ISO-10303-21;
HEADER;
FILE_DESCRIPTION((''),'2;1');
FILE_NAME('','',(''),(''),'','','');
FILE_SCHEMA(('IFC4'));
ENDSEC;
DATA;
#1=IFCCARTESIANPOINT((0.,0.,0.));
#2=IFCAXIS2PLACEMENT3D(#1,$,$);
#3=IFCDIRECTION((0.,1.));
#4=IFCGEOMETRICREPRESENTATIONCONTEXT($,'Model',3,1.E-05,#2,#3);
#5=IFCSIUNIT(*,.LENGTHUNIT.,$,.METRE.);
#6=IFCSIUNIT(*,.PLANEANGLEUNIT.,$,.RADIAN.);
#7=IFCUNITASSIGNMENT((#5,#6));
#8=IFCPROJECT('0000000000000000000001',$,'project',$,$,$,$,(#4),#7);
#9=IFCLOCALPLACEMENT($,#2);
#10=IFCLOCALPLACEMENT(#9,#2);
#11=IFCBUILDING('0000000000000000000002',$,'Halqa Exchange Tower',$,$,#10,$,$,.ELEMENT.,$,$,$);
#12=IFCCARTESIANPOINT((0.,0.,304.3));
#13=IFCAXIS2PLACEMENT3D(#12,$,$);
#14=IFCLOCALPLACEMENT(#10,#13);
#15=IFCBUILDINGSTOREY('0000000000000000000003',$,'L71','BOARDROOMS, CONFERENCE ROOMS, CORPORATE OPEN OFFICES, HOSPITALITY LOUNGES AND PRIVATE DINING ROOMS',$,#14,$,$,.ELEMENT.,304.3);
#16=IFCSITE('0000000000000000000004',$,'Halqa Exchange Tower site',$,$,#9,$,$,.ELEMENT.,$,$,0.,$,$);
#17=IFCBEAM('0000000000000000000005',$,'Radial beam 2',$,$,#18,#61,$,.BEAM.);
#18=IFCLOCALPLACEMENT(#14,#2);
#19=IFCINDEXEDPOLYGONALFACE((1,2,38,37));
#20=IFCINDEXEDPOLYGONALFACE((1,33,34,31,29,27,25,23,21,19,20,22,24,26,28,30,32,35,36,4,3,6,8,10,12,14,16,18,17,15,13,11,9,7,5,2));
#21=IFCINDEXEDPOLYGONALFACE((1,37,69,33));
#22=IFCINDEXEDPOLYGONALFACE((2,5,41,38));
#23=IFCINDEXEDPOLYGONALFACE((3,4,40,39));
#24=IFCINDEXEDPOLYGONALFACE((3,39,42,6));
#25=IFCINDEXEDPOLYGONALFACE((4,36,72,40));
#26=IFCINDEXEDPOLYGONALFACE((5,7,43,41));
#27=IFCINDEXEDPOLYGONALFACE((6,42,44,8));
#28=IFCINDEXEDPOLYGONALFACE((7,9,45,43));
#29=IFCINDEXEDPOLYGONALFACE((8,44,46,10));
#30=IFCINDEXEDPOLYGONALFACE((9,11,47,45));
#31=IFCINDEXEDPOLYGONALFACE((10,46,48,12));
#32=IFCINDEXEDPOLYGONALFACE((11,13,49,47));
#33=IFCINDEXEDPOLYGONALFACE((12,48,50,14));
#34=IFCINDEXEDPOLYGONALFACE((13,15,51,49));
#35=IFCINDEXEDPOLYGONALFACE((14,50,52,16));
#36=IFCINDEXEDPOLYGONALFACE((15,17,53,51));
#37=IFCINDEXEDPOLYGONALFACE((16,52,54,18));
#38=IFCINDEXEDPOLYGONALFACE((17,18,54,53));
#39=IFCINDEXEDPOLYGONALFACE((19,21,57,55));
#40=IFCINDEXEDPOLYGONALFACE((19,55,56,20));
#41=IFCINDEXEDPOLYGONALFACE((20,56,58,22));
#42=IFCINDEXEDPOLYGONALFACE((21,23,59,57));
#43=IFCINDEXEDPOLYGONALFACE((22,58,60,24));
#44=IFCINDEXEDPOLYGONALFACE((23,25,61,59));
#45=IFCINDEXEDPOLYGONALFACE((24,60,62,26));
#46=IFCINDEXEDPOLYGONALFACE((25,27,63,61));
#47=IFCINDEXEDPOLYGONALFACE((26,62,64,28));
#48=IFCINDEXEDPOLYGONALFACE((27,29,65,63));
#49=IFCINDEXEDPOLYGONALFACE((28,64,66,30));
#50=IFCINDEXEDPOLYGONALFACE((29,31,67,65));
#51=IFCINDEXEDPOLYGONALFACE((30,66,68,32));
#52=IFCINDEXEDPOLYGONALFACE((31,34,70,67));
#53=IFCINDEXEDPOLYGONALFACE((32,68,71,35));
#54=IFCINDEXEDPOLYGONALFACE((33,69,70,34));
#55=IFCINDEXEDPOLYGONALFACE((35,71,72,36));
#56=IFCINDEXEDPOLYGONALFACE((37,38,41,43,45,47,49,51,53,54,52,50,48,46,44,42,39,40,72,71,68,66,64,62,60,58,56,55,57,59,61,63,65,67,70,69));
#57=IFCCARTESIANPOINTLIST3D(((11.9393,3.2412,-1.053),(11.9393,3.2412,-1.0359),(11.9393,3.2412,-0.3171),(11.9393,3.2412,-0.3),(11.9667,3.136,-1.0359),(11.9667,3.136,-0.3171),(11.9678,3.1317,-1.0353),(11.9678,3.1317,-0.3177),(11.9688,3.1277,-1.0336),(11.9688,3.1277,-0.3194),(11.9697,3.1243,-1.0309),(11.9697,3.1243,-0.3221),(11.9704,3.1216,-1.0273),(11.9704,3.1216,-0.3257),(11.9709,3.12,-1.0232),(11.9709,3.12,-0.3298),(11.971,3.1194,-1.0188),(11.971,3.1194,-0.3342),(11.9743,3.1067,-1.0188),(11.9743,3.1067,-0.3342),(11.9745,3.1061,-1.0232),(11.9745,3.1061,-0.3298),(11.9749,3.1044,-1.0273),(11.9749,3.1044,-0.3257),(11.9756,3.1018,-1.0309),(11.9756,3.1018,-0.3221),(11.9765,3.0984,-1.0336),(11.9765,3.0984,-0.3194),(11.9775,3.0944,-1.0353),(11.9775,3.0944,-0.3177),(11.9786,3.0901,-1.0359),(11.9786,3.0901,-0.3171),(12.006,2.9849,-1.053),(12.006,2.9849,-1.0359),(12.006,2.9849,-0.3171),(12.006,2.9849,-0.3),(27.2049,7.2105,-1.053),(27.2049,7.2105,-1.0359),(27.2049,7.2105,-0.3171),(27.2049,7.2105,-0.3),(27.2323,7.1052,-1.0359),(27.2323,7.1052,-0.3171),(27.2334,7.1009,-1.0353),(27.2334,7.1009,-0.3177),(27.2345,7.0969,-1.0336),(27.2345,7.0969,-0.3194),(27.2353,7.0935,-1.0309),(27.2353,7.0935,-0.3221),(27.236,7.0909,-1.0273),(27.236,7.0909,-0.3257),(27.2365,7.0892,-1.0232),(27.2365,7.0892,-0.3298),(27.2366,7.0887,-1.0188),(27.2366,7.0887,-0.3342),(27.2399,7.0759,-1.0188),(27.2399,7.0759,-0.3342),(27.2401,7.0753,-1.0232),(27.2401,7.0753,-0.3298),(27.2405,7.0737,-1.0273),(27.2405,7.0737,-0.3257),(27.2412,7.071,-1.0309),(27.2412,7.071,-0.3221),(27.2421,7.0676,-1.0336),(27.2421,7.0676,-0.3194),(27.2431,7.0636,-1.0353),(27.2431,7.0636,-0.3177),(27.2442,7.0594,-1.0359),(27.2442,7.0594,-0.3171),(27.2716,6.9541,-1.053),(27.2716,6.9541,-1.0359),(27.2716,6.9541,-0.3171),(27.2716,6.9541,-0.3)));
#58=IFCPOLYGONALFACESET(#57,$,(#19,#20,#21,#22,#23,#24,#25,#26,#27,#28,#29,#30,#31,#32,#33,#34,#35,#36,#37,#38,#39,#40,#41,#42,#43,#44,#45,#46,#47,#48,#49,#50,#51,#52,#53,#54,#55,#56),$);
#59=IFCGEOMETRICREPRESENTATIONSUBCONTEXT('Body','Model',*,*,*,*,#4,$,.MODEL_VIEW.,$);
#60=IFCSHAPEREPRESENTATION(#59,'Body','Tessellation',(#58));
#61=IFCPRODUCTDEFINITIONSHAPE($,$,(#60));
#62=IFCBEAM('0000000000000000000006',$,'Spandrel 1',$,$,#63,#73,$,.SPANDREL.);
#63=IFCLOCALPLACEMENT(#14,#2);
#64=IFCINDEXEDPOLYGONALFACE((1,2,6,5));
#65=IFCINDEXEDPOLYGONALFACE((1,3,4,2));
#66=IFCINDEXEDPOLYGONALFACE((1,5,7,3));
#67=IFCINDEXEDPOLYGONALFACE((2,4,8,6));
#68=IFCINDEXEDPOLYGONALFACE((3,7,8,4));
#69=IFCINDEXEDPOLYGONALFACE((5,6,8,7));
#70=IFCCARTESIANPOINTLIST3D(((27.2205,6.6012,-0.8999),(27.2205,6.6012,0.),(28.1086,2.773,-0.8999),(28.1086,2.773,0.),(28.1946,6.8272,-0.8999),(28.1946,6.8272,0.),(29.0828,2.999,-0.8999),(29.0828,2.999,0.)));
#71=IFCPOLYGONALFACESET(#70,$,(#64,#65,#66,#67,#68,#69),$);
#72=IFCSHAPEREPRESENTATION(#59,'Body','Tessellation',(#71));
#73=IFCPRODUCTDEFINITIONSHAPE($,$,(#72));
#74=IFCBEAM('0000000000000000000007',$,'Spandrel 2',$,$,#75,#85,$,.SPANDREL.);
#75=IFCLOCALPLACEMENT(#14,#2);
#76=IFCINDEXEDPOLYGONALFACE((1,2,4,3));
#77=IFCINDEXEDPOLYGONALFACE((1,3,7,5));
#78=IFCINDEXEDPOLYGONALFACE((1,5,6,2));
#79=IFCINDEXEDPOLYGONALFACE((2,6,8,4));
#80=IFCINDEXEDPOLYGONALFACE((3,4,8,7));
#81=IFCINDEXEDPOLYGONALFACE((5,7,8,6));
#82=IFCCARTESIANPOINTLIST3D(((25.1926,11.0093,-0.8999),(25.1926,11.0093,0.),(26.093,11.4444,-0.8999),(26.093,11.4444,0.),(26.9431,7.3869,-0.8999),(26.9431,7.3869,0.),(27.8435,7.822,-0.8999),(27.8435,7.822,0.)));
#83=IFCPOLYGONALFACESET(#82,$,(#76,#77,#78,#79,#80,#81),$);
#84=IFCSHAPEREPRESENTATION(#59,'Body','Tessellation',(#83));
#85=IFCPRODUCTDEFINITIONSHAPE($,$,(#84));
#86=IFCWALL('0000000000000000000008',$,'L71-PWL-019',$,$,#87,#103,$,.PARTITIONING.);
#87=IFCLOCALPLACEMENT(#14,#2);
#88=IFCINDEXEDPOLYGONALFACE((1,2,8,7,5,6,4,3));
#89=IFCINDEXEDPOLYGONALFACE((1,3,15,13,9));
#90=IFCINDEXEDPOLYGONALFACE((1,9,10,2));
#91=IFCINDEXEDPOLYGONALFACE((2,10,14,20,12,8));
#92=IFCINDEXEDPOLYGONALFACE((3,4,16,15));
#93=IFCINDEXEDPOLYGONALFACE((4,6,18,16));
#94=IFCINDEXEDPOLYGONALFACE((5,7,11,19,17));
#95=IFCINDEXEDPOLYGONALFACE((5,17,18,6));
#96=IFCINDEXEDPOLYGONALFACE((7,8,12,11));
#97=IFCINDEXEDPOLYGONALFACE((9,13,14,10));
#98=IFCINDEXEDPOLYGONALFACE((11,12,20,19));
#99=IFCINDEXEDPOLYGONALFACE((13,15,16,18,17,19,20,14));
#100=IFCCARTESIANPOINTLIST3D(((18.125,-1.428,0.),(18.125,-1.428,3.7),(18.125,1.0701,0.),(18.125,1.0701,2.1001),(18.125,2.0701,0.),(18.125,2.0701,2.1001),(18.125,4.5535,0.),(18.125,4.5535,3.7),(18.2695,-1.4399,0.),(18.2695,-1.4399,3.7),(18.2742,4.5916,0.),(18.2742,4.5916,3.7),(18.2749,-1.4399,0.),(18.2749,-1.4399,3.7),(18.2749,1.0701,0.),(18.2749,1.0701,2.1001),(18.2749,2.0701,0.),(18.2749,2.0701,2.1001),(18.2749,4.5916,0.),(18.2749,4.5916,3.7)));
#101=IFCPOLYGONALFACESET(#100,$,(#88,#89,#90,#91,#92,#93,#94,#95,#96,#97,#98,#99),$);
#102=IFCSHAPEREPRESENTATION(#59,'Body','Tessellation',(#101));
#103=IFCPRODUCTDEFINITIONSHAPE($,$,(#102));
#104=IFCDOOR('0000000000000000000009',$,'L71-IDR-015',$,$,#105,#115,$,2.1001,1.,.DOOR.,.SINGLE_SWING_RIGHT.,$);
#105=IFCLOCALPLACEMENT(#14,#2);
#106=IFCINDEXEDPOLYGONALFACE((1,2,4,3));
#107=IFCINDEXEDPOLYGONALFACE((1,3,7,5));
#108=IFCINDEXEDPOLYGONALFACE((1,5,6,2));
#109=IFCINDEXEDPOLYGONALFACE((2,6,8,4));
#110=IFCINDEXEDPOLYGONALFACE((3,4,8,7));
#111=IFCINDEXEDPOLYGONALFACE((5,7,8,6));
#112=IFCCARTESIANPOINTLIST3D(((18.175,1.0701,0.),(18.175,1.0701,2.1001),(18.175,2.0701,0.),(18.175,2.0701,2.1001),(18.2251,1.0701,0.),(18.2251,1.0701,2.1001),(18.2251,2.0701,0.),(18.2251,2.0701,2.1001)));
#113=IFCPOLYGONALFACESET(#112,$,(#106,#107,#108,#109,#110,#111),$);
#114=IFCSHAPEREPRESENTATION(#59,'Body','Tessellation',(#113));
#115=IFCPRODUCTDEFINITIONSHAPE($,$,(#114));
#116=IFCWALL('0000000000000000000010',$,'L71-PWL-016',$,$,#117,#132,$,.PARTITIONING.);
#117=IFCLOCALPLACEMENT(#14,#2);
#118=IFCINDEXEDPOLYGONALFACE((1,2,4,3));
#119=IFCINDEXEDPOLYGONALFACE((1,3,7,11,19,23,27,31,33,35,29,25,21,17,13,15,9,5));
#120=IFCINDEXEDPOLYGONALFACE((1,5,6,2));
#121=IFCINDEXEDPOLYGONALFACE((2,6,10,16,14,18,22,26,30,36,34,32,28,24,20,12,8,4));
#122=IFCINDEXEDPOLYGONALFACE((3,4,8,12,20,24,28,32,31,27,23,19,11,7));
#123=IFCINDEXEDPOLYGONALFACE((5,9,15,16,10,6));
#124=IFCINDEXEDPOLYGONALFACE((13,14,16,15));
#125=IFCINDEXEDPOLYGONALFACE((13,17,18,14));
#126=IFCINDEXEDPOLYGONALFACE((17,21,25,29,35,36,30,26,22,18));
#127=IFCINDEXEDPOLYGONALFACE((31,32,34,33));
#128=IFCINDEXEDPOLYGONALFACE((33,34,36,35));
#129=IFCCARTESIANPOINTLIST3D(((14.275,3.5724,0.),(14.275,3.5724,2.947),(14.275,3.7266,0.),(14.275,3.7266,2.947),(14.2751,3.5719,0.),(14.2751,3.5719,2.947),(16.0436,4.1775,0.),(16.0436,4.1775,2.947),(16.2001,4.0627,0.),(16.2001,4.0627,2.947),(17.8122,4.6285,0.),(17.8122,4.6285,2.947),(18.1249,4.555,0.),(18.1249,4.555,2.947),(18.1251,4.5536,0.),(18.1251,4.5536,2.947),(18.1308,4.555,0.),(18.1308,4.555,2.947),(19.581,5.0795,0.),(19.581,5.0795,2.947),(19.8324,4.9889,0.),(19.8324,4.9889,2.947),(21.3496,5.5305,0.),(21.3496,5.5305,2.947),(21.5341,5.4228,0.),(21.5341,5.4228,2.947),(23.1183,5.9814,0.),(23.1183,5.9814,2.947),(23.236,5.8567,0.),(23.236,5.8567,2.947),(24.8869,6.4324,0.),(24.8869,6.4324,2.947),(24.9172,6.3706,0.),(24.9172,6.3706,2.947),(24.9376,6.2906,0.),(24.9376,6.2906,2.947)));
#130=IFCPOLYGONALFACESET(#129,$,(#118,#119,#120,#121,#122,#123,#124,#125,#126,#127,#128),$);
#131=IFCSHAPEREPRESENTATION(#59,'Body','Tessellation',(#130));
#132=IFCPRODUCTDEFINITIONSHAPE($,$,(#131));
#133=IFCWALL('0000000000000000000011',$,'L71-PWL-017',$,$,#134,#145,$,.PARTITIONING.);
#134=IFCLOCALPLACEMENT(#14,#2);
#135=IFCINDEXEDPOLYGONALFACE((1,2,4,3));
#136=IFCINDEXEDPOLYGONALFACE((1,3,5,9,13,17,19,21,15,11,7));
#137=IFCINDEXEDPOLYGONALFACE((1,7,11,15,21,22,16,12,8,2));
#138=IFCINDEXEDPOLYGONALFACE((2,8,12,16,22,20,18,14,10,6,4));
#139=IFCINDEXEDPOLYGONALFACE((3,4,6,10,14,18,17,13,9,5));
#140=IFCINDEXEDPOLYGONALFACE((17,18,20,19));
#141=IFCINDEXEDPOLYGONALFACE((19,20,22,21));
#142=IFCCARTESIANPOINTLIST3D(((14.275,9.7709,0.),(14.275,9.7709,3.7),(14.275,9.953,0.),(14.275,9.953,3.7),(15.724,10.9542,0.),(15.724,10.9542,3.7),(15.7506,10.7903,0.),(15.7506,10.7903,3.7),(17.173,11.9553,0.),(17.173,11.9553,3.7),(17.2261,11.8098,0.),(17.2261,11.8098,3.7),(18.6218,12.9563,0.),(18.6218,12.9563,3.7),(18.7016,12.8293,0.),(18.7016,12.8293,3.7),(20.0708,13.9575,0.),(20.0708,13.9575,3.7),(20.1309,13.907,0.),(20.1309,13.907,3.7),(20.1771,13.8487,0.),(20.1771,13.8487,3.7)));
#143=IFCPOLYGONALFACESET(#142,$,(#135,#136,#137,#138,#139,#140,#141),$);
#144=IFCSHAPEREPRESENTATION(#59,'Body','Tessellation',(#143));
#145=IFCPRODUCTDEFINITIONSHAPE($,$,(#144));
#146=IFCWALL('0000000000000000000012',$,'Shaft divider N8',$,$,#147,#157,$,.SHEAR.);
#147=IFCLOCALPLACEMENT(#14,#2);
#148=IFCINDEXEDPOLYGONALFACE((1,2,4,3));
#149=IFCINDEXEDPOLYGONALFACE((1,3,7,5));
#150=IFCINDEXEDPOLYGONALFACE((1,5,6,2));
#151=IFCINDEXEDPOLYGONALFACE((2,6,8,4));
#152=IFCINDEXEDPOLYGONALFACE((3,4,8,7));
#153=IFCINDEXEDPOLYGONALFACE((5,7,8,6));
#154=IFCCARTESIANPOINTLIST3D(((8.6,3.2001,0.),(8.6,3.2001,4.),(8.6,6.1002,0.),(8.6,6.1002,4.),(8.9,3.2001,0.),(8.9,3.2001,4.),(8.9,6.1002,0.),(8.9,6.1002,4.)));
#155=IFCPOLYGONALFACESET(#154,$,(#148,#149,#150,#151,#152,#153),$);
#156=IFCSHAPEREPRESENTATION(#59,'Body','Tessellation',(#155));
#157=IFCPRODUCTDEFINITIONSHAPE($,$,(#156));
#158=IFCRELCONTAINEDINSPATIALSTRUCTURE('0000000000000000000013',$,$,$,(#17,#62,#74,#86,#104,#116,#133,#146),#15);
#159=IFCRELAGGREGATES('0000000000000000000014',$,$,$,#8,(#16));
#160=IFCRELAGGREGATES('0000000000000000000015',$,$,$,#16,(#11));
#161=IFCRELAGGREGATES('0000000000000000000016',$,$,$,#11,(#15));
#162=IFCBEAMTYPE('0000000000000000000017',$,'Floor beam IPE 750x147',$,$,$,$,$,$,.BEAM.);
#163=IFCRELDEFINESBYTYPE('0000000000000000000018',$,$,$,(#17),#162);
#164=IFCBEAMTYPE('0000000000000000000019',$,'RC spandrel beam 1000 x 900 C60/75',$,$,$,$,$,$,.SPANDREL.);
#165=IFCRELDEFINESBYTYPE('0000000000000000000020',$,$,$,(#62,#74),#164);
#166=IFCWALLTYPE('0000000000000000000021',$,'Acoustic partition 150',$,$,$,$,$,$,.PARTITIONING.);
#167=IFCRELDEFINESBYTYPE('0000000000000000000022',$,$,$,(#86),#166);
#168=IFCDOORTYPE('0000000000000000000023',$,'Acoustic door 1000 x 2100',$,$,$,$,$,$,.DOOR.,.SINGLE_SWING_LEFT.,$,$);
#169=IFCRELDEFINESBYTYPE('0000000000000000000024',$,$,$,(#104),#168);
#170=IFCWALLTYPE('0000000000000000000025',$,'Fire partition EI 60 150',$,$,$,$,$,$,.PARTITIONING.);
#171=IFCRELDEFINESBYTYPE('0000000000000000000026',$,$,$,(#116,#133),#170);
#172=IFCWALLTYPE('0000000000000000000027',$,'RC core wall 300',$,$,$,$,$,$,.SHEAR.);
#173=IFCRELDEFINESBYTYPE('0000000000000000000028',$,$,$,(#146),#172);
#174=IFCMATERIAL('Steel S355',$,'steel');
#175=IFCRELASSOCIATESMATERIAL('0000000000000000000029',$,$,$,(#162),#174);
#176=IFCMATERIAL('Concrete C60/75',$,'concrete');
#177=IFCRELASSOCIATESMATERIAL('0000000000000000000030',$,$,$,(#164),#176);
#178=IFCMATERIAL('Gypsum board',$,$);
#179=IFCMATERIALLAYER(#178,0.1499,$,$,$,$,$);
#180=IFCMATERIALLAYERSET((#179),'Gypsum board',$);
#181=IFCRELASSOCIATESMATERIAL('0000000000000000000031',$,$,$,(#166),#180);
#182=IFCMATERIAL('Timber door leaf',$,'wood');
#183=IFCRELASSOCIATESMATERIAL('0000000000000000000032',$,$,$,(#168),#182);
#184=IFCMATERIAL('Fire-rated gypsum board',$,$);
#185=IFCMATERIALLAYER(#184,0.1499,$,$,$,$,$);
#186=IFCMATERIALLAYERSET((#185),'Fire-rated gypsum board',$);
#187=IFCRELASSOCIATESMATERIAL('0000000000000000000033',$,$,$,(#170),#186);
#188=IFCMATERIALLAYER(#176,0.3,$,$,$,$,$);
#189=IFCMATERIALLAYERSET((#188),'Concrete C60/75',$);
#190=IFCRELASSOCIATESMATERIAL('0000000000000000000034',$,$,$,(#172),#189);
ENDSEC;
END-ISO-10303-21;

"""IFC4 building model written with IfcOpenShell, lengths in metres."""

from ifc_helpers import new_model, si_unit, direction, frame, frame_2d, origin, origin_2d, place, context, subcontext, project, spatial, polyline, rectangle, i_section, outline, extrude, material, layer, layer_set, material_profile, profile_set, type_object, element, fill, save


model = new_model("IFC4")

# Units and contexts
model_context = context("Model", 3, precision=1e-05, world=origin(), true_north=direction((0.0, 1.0)))
body_context = subcontext(model_context, "Body", "Model", "MODEL_VIEW")
ifc_project = project(units=[si_unit("LENGTHUNIT", "METRE"), si_unit("PLANEANGLEUNIT", "RADIAN")], contexts=[model_context])

# Site, building, storey
site_placement = place(None, origin())
site = spatial("IfcSite", under=ifc_project, at=site_placement, Name="Halqa Exchange Tower site", CompositionType="ELEMENT", RefElevation=0.0)
building_placement = place(site_placement, origin())
building = spatial("IfcBuilding", under=site, at=building_placement, Name="Halqa Exchange Tower", CompositionType="ELEMENT")
storey_placement = place(building_placement, frame((0.0, 0.0, 304.3)))
storey = spatial("IfcBuildingStorey", under=building, at=storey_placement, Name="L71", Description="BOARDROOMS, CONFERENCE ROOMS, CORPORATE OPEN OFFICES, HOSPITALITY LOUNGES AND PRIVATE DINING ROOMS", CompositionType="ELEMENT", Elevation=304.3)

# Beams
ifc_material_1 = material(Name="Steel S355", Category="steel")
ifc_material_profile_1 = material_profile(ifc_material_1, i_section(OverallWidth=0.2649, OverallDepth=0.7529, WebThickness=0.0132, FlangeThickness=0.0171, FilletRadius=0.0171, at=origin_2d()), Name="IPE 750x147")
ifc_profile_set_1 = profile_set([ifc_material_profile_1], Name="Steel S355")
beam_type_1 = type_object("IfcBeamType", Name="Floor beam IPE 750x147", PredefinedType="BEAM", material=ifc_profile_set_1)
beam_1_placement = place(storey_placement, frame((11.9727, 3.113, -0.6765), z_axis=(0.96782, 0.251644, 0.0), x_axis=(-0.251644, 0.96782, 0.0)))
element("IfcBeam", 1, at=beam_1_placement, inside=storey, type_object=beam_type_1, Name="Radial beam 2", PredefinedType="BEAM", context=body_context, shape_type="SweptSolid", body=[
    extrude(i_section(OverallWidth=0.2649, OverallDepth=0.7529, WebThickness=0.0132, FlangeThickness=0.0171, FilletRadius=0.0171, at=origin_2d()), origin(), (0.0, 0.0, 1.0), 15.7732),
])
ifc_material_2 = material(Name="Concrete C60/75", Category="concrete")
ifc_material_profile_2 = material_profile(ifc_material_2, rectangle(XDim=1.0, YDim=0.8999, at=origin_2d()), Name="1000 x 900")
ifc_profile_set_2 = profile_set([ifc_material_profile_2], Name="Concrete C60/75")
beam_type_2 = type_object("IfcBeamType", Name="RC spandrel beam 1000 x 900 C60/75", PredefinedType="SPANDREL", material=ifc_profile_set_2)
beam_2_placement = place(storey_placement, frame((28.5957, 2.886, -0.45), z_axis=(-0.225998, 0.974128, 0.0), x_axis=(-0.974128, -0.225998, 0.0)))
element("IfcBeam", 2, at=beam_2_placement, inside=storey, type_object=beam_type_2, Name="Spandrel 1", PredefinedType="SPANDREL", context=body_context, shape_type="SweptSolid", body=[
    extrude(rectangle(XDim=1.0, YDim=0.8999, at=origin_2d()), origin(), (0.0, 0.0, 1.0), 3.9299),
])
beam_3_placement = place(storey_placement, frame((27.3933, 7.6045, -0.45), z_axis=(-0.435109, 0.900378, 0.0), x_axis=(-0.900378, -0.435109, 0.0)))
element("IfcBeam", 3, at=beam_3_placement, inside=storey, type_object=beam_type_2, Name="Spandrel 2", PredefinedType="SPANDREL", context=body_context, shape_type="SweptSolid", body=[
    extrude(rectangle(XDim=1.0, YDim=0.8999, at=origin_2d()), origin(), (0.0, 0.0, 1.0), 4.0232),
])

# Wall, opening, door
ifc_material_3 = material(Name="Gypsum board")
ifc_layer_1 = layer(ifc_material_3, 0.1499)
ifc_layer_set_1 = layer_set([ifc_layer_1], Name="Gypsum board")
wall_type_1 = type_object("IfcWallType", Name="Acoustic partition 150", PredefinedType="PARTITIONING", material=ifc_layer_set_1)
wall_1_placement = place(storey_placement, frame((18.2, 4.5916, 0.0), z_axis=(0.0, 0.0, 1.0), x_axis=(0.0, -1.0, 0.0)))
wall_1 = element("IfcWall", 4, at=wall_1_placement, inside=storey, type_object=wall_type_1, Name="L71-PWL-019", PredefinedType="PARTITIONING", context=body_context, shape_type="SweptSolid", body=[
    extrude(outline(polyline([(0.0381, -0.075), (2.032, -0.075), (4.0256, -0.075), (6.0195, -0.075), (6.0315, 0.0696), (6.0315, 0.075), (4.5237, 0.075), (3.0156, 0.075), (1.5078, 0.075), (0.0, 0.075), (0.0, 0.0742), (0.0381, -0.075)])), origin(), (0.0, 0.0, 1.0), 3.7),
])
opening_1_placement = place(wall_1_placement, frame((2.5215, 0.0, 0.0)))
opening_1 = element("IfcOpeningElement", 5, at=opening_1_placement, cuts=wall_1, PredefinedType="OPENING", context=body_context, shape_type="SweptSolid", body=[
    extrude(rectangle(XDim=1.0, YDim=2.1001, at=frame_2d((0.5, 1.05))), frame((0.0, 0.0869, 0.0), z_axis=(0.0, -1.0, 0.0), x_axis=(1.0, 0.0, 0.0)), (0.0, 0.0, 1.0), 0.1738),
])
ifc_material_4 = material(Name="Timber door leaf", Category="wood")
door_type = type_object("IfcDoorType", Name="Acoustic door 1000 x 2100", OperationType="SINGLE_SWING_LEFT", PredefinedType="DOOR", material=ifc_material_4)
door_placement = place(opening_1_placement, frame((1.0, 0.0, 0.0), z_axis=(0.0, 0.0, 1.0), x_axis=(-1.0, 0.0, 0.0)))
door = element("IfcDoor", 6, at=door_placement, inside=storey, type_object=door_type, Name="L71-IDR-015", OperationType="SINGLE_SWING_RIGHT", OverallHeight=2.1001, OverallWidth=1.0, PredefinedType="DOOR", context=body_context, shape_type="SweptSolid", body=[
    extrude(rectangle(XDim=1.0, YDim=2.1001, at=frame_2d((0.5, 1.05))), frame((0.0, 0.0249, 0.0), z_axis=(0.0, -1.0, 0.0), x_axis=(1.0, 0.0, 0.0)), (0.0, 0.0, 1.0), 0.05),
])
fill(opening_1, door)

# Walls
ifc_material_5 = material(Name="Fire-rated gypsum board")
ifc_layer_2 = layer(ifc_material_5, 0.1499)
ifc_layer_set_2 = layer_set([ifc_layer_2], Name="Fire-rated gypsum board")
wall_type_2 = type_object("IfcWallType", Name="Fire partition EI 60 150", PredefinedType="PARTITIONING", material=ifc_layer_set_2)
wall_2_placement = place(storey_placement, frame((14.2566, 3.6445, 0.0), z_axis=(0.0, 0.0, 1.0), x_axis=(0.968996, 0.247075, 0.0)))
element("IfcWall", 7, at=wall_2_placement, inside=storey, type_object=wall_type_2, Name="L71-PWL-016", PredefinedType="PARTITIONING", context=body_context, shape_type="SweptSolid", body=[
    extrude(outline(polyline([(0.0, -0.075), (1.9866, -0.075), (3.9731, -0.075), (3.9734, -0.0735), (3.979, -0.075), (5.7351, -0.075), (7.4912, -0.075), (9.2476, -0.075), (11.0037, -0.075), (11.0037, 0.0076), (10.9895, 0.075), (9.1643, 0.075), (7.3391, 0.075), (5.5139, 0.075), (3.6885, 0.075), (1.8633, 0.075), (0.0381, 0.075), (0.0, -0.0745), (0.0, -0.075)])), origin(), (0.0, 0.0, 1.0), 2.947),
])
wall_3_placement = place(storey_placement, frame((14.2324, 9.8325, 0.0), z_axis=(0.0, 0.0, 1.0), x_axis=(0.822726, 0.568438, 0.0)))
element("IfcWall", 8, at=wall_3_placement, inside=storey, type_object=wall_type_2, Name="L71-PWL-017", PredefinedType="PARTITIONING", context=body_context, shape_type="SweptSolid", body=[
    extrude(outline(polyline([(0.0, -0.075), (1.7935, -0.075), (3.5869, -0.075), (5.3804, -0.075), (7.1738, -0.075), (7.1689, -0.0007), (7.1482, 0.075), (5.387, 0.075), (3.626, 0.075), (1.8647, 0.075), (0.1035, 0.075), (0.0, -0.075), (0.0, -0.075)])), origin(), (0.0, 0.0, 1.0), 3.7),
])
ifc_layer_3 = layer(ifc_material_2, 0.3)
ifc_layer_set_3 = layer_set([ifc_layer_3], Name="Concrete C60/75")
wall_type_3 = type_object("IfcWallType", Name="RC core wall 300", PredefinedType="SHEAR", material=ifc_layer_set_3)
wall_4_placement = place(storey_placement, frame((8.75, 3.2, 0.0), z_axis=(0.0, 0.0, 1.0), x_axis=(0.0, 1.0, 0.0)))
element("IfcWall", 9, at=wall_4_placement, inside=storey, type_object=wall_type_3, Name="Shaft divider N8", PredefinedType="SHEAR", context=body_context, shape_type="SweptSolid", body=[
    extrude(rectangle(XDim=2.9001, YDim=0.3, at=frame_2d((1.4502, 0.0))), origin(), (0.0, 0.0, 1.0), 4.0),
])

save(model, "model.ifc")
